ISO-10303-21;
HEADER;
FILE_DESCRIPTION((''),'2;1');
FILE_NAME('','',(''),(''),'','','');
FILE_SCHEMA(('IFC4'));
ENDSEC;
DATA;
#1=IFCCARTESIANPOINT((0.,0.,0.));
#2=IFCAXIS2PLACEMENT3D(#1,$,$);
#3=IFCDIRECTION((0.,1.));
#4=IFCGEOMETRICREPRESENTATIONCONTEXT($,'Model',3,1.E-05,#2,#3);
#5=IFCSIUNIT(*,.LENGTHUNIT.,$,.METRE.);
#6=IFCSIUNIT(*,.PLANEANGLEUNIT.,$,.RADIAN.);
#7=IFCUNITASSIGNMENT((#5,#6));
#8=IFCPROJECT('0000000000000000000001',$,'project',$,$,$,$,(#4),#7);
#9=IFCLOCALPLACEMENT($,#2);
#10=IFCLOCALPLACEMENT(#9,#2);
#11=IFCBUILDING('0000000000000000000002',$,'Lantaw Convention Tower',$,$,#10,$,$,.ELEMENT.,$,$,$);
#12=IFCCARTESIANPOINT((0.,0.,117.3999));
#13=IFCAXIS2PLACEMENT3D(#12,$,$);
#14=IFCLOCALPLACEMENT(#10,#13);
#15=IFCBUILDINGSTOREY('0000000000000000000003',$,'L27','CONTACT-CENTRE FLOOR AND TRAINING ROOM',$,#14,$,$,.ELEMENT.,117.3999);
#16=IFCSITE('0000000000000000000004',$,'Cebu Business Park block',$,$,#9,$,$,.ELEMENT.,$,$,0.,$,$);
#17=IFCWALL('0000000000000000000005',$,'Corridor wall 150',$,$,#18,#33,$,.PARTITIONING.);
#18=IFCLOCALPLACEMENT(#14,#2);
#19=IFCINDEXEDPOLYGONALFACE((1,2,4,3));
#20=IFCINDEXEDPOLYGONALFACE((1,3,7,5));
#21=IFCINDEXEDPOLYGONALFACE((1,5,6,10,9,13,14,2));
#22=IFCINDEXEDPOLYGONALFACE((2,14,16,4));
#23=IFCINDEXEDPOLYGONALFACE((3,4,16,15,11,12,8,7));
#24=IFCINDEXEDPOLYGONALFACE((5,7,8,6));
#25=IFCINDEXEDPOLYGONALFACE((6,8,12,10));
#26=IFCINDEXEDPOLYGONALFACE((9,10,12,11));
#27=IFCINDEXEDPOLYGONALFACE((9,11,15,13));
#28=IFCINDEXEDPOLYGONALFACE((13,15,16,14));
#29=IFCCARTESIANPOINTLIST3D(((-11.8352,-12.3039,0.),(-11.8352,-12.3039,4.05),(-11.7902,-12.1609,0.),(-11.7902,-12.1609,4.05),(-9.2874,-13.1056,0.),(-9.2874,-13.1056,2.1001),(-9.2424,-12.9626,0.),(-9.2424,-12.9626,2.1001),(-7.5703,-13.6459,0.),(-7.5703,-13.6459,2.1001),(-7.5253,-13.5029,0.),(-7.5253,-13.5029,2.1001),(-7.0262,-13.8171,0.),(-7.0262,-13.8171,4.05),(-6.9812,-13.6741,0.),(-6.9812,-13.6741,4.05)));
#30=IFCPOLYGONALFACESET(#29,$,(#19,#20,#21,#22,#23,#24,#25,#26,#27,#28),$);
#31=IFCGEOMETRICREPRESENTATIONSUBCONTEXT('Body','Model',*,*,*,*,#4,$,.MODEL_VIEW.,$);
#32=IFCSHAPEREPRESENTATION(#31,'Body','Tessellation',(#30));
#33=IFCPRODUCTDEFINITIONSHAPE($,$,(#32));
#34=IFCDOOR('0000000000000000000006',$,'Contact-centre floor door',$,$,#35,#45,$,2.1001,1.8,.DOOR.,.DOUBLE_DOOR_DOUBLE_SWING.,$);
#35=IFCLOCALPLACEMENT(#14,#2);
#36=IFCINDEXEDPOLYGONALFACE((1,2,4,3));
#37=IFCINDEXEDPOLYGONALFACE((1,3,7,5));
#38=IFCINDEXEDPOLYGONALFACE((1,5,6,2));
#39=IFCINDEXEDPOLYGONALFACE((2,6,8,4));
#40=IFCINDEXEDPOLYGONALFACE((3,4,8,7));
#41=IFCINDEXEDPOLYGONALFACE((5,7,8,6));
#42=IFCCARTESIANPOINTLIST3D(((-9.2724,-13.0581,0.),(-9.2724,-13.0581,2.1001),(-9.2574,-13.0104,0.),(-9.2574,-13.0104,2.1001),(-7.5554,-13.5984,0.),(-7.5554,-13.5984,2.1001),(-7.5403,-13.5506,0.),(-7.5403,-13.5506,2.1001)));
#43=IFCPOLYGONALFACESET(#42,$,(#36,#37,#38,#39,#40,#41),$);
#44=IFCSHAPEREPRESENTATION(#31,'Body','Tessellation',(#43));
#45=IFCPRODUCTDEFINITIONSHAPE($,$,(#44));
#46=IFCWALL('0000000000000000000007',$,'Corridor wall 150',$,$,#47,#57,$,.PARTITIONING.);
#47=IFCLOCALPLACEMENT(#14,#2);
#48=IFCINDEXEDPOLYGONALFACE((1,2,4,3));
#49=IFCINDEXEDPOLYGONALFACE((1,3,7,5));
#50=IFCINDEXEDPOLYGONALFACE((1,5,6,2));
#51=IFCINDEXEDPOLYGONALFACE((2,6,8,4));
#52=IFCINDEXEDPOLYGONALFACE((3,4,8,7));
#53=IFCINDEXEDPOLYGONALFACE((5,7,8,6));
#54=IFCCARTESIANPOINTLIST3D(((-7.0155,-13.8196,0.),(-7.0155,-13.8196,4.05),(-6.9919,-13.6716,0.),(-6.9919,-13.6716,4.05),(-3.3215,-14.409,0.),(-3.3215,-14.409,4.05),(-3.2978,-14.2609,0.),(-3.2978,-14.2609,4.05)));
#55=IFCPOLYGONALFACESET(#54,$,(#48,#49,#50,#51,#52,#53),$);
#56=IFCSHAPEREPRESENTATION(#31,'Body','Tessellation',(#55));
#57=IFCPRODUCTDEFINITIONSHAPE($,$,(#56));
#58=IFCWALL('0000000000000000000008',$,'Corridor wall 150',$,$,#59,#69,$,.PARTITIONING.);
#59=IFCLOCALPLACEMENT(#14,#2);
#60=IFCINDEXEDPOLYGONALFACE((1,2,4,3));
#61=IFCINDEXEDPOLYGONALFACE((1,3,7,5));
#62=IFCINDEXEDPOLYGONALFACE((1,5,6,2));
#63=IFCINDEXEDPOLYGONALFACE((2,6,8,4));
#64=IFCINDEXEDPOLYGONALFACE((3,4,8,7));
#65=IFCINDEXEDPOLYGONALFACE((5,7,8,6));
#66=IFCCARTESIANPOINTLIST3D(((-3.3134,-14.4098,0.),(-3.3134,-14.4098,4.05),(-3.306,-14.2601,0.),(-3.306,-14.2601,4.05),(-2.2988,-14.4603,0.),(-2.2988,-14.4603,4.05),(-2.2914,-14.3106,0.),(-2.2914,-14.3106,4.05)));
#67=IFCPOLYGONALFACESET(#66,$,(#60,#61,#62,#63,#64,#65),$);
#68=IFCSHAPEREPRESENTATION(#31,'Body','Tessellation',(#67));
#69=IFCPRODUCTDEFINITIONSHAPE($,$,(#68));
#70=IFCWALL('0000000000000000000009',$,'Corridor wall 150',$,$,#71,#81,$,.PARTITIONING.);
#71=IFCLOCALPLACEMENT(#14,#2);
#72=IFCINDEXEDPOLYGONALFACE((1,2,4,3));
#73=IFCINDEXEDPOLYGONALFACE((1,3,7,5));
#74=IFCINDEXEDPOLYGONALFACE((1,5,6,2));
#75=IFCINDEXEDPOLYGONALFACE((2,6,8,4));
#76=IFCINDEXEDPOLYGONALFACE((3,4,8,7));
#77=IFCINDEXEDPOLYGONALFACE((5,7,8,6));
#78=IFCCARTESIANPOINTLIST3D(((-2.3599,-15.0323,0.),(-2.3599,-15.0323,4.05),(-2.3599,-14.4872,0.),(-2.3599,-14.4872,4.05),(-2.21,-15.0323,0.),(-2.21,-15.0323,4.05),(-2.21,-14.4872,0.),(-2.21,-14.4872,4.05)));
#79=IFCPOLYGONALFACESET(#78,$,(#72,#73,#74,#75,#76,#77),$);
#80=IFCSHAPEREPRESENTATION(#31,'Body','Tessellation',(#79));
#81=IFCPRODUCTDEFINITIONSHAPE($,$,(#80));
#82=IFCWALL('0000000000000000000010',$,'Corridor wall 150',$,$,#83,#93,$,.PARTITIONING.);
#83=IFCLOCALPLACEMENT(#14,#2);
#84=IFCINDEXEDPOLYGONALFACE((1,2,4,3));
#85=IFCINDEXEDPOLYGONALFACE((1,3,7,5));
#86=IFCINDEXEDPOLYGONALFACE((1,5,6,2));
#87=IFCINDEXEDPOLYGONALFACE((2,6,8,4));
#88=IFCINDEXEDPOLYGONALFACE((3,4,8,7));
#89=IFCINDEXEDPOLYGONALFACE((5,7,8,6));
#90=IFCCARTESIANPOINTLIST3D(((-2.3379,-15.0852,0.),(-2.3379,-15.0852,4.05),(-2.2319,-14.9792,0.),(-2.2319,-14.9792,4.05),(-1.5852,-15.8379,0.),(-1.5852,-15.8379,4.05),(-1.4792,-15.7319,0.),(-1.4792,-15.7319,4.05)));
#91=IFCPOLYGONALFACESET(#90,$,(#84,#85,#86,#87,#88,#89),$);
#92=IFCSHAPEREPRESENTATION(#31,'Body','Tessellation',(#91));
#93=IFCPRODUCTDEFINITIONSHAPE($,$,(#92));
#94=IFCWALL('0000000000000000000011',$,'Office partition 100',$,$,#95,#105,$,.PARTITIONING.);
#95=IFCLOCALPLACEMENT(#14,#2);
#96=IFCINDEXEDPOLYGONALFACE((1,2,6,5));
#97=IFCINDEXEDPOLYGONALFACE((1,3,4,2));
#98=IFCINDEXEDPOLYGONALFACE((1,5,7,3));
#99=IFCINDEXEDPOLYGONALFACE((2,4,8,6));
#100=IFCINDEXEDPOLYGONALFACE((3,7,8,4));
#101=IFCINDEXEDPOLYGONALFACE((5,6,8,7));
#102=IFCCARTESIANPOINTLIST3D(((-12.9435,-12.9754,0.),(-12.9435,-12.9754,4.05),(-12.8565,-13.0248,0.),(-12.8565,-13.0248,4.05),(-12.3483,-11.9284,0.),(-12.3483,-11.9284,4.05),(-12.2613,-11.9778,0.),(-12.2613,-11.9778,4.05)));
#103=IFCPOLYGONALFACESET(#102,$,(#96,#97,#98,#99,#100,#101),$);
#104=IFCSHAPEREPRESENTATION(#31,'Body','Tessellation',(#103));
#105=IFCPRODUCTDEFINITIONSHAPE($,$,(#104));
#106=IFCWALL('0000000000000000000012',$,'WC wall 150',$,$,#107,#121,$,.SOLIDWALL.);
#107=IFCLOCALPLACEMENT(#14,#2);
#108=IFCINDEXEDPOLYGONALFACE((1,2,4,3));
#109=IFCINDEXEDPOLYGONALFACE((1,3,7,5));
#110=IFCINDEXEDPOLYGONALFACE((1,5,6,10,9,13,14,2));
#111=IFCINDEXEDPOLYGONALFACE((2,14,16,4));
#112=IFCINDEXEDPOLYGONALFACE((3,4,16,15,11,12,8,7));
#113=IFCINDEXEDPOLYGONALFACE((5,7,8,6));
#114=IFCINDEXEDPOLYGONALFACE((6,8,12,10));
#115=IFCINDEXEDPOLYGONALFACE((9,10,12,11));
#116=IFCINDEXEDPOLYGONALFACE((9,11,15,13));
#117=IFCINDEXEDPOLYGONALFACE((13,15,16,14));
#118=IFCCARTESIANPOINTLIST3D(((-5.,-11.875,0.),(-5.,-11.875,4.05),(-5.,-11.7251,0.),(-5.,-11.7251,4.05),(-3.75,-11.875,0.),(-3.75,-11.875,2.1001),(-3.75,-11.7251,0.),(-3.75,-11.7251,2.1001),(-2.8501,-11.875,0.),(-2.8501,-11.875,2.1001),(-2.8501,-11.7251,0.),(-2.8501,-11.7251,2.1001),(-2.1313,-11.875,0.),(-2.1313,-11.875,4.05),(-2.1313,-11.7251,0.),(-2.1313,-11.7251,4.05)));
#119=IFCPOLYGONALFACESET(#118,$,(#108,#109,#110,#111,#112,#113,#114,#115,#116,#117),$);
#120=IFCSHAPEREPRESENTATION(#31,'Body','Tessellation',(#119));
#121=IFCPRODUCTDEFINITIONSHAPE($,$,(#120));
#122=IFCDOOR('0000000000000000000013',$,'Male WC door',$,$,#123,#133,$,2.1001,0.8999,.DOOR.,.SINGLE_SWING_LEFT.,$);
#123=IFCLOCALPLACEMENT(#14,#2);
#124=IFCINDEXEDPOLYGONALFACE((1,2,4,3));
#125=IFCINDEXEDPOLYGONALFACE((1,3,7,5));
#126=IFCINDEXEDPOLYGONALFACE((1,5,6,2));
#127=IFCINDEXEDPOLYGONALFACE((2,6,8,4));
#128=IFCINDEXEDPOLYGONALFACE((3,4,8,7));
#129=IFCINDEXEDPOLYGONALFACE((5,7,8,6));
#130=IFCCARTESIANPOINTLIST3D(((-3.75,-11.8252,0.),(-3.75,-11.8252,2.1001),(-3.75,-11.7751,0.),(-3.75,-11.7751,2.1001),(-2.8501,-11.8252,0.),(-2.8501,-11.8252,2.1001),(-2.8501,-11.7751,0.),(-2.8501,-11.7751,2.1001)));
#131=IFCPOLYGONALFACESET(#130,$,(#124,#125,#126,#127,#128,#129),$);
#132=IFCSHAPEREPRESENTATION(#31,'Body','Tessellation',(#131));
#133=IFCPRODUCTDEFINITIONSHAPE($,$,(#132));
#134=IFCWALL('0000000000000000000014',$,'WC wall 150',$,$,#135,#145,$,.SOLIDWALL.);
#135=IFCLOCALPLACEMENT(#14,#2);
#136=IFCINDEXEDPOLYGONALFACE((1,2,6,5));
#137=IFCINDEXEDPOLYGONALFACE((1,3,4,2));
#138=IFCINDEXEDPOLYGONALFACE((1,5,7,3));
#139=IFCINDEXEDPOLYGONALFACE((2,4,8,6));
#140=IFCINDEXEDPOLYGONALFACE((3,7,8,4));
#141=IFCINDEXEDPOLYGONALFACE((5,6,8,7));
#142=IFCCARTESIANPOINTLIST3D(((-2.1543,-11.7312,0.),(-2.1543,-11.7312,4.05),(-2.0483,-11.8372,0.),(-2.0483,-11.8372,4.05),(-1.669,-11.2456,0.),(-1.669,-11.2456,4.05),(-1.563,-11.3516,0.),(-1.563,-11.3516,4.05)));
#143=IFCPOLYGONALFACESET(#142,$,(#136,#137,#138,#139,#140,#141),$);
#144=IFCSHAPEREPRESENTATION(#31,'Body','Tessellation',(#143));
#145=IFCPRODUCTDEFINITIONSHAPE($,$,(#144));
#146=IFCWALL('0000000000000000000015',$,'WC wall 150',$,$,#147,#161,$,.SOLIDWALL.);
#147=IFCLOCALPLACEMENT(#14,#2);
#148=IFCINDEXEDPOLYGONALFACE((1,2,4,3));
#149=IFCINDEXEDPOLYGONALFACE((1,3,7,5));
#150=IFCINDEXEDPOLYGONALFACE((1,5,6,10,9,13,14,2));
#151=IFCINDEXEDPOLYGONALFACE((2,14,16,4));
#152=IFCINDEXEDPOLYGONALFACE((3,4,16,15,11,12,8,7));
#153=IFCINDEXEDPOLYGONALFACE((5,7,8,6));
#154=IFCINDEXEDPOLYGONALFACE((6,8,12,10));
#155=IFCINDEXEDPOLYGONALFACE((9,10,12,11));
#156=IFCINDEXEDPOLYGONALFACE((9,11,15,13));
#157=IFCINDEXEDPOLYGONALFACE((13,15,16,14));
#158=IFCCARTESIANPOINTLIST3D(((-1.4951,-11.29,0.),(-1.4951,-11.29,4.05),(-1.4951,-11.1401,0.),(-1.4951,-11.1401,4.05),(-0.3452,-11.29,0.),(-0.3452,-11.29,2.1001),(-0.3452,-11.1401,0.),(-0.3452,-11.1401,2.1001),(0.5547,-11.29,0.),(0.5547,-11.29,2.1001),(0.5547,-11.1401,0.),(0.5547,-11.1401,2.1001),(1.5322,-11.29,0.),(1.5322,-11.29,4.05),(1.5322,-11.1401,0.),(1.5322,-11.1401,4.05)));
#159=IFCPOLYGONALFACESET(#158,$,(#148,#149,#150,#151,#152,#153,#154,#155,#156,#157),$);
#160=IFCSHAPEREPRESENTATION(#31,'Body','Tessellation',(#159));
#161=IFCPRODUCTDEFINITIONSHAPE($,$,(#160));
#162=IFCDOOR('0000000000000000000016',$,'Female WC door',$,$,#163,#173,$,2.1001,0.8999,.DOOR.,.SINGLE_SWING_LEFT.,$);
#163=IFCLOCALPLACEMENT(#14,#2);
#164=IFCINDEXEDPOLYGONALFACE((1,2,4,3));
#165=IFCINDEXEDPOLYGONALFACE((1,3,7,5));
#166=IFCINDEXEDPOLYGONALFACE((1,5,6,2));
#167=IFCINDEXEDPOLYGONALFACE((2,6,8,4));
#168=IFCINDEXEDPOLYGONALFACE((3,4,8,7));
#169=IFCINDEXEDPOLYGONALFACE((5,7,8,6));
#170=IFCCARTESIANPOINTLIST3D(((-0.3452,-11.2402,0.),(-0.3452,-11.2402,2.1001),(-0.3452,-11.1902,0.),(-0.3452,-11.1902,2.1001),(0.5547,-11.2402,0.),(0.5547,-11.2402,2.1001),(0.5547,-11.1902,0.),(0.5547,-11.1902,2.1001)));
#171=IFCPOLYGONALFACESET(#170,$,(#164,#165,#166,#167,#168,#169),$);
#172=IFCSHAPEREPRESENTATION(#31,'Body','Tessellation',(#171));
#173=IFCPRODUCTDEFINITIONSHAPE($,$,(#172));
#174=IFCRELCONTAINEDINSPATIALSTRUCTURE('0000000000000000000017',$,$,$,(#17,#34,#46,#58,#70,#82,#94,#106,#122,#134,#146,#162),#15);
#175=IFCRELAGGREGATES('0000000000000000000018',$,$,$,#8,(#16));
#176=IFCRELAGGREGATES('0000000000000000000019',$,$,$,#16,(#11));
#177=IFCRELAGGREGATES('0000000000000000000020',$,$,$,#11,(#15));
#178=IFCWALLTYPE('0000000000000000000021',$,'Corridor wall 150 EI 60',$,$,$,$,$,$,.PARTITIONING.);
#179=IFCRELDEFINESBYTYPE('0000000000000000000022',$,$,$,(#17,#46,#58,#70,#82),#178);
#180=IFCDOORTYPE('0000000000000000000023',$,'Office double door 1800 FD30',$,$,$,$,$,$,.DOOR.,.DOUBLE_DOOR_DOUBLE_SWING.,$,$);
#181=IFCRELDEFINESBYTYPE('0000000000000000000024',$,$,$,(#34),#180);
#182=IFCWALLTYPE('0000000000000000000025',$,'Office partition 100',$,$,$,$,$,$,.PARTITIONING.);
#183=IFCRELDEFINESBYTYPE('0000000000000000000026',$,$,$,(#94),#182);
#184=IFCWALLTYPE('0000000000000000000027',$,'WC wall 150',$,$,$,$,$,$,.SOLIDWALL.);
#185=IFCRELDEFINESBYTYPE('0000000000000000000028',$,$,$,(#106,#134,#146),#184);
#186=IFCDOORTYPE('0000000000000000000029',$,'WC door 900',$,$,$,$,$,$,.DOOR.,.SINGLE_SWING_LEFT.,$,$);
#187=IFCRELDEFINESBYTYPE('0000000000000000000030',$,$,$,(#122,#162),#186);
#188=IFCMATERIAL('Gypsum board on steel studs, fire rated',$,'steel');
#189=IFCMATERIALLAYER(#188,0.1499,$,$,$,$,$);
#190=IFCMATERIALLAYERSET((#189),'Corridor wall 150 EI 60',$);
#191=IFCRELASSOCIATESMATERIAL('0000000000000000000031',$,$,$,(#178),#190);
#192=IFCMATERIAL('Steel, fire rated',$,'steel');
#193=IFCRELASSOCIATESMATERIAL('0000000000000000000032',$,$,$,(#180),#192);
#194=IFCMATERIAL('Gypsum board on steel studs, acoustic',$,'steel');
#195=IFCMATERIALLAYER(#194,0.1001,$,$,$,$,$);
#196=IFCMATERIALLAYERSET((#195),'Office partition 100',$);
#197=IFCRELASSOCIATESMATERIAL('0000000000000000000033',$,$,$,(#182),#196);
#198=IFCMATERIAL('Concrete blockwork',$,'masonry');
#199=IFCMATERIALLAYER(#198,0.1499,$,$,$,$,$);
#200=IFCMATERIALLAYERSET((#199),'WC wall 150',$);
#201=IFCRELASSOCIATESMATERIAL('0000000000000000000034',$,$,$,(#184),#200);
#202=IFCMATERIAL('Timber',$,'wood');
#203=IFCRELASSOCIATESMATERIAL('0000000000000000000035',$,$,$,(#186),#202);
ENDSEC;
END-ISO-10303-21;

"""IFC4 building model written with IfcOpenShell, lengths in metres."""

from ifc_helpers import new_model, si_unit, direction, frame, frame_2d, origin, place, context, subcontext, project, spatial, rectangle, extrude, material, layer, layer_set, type_object, element, fill, save


model = new_model("IFC4")

# Units and contexts
model_context = context("Model", 3, precision=1e-05, world=origin(), true_north=direction((0.0, 1.0)))
body_context = subcontext(model_context, "Body", "Model", "MODEL_VIEW")
ifc_project = project(units=[si_unit("LENGTHUNIT", "METRE"), si_unit("PLANEANGLEUNIT", "RADIAN")], contexts=[model_context])

# Site, building, storey
site_placement = place(None, origin())
site = spatial("IfcSite", under=ifc_project, at=site_placement, Name="Cebu Business Park block", CompositionType="ELEMENT", RefElevation=0.0)
building_placement = place(site_placement, origin())
building = spatial("IfcBuilding", under=site, at=building_placement, Name="Lantaw Convention Tower", CompositionType="ELEMENT")
storey_placement = place(building_placement, frame((0.0, 0.0, 117.3999)))
storey = spatial("IfcBuildingStorey", under=building, at=storey_placement, Name="L27", Description="CONTACT-CENTRE FLOOR AND TRAINING ROOM", CompositionType="ELEMENT", Elevation=117.3999)

# Wall, opening, door
ifc_material_1 = material(Name="Gypsum board on steel studs, fire rated", Category="steel")
ifc_layer_1 = layer(ifc_material_1, 0.1499)
ifc_layer_set_1 = layer_set([ifc_layer_1], Name="Corridor wall 150 EI 60")
wall_type_1 = type_object("IfcWallType", Name="Corridor wall 150 EI 60", PredefinedType="PARTITIONING", material=ifc_layer_set_1)
wall_1_placement = place(storey_placement, frame((-11.8127, -12.2324, 0.0), z_axis=(0.0, 0.0, 1.0), x_axis=(0.953894, -0.300144, 0.0)))
wall_1 = element("IfcWall", 1, at=wall_1_placement, inside=storey, type_object=wall_type_1, Name="Corridor wall 150", PredefinedType="PARTITIONING", context=body_context, shape_type="SweptSolid", body=[
    extrude(rectangle(XDim=5.0415, YDim=0.1499, at=frame_2d((2.5208, 0.0))), origin(), (0.0, 0.0, 1.0), 4.05),
])
opening_1_placement = place(wall_1_placement, frame((2.6711, 0.0, 0.0)))
opening_1 = element("IfcOpeningElement", 2, at=opening_1_placement, cuts=wall_1, PredefinedType="OPENING", context=body_context, shape_type="SweptSolid", body=[
    extrude(rectangle(XDim=1.8, YDim=2.1001, at=frame_2d((0.8999, 1.05))), frame((0.0, 0.085, 0.0), z_axis=(0.0, -1.0, 0.0), x_axis=(1.0, 0.0, 0.0)), (0.0, 0.0, 1.0), 0.1699),
])
ifc_material_2 = material(Name="Steel, fire rated", Category="steel")
door_type_1 = type_object("IfcDoorType", Name="Office double door 1800 FD30", OperationType="DOUBLE_DOOR_DOUBLE_SWING", PredefinedType="DOOR", material=ifc_material_2)
door_1_placement = place(opening_1_placement, origin())
door_1 = element("IfcDoor", 3, at=door_1_placement, inside=storey, type_object=door_type_1, Name="Contact-centre floor door", OperationType="DOUBLE_DOOR_DOUBLE_SWING", OverallHeight=2.1001, OverallWidth=1.8, PredefinedType="DOOR", context=body_context, shape_type="SweptSolid", body=[
    extrude(rectangle(XDim=1.8, YDim=2.1001, at=frame_2d((0.8999, 1.05))), frame((0.0, 0.0249, 0.0), z_axis=(0.0, -1.0, 0.0), x_axis=(1.0, 0.0, 0.0)), (0.0, 0.0, 1.0), 0.05),
])
fill(opening_1, door_1)

# Walls
wall_2_placement = place(storey_placement, frame((-7.0037, -13.7456, 0.0), z_axis=(0.0, 0.0, 1.0), x_axis=(0.987511, -0.157548, 0.0)))
element("IfcWall", 4, at=wall_2_placement, inside=storey, type_object=wall_type_1, Name="Corridor wall 150", PredefinedType="PARTITIONING", context=body_context, shape_type="SweptSolid", body=[
    extrude(rectangle(XDim=3.7407, YDim=0.1499, at=frame_2d((1.8704, 0.0))), origin(), (0.0, 0.0, 1.0), 4.05),
])
wall_3_placement = place(storey_placement, frame((-3.3096, -14.335, 0.0), z_axis=(0.0, 0.0, 1.0), x_axis=(0.998762, -0.049746, 0.0)))
element("IfcWall", 5, at=wall_3_placement, inside=storey, type_object=wall_type_1, Name="Corridor wall 150", PredefinedType="PARTITIONING", context=body_context, shape_type="SweptSolid", body=[
    extrude(rectangle(XDim=1.0159, YDim=0.1499, at=frame_2d((0.5078, 0.0))), origin(), (0.0, 0.0, 1.0), 4.05),
])
wall_4_placement = place(storey_placement, frame((-2.2849, -15.0322, 0.0), z_axis=(0.0, 0.0, 1.0), x_axis=(0.0, 1.0, 0.0)))
element("IfcWall", 6, at=wall_4_placement, inside=storey, type_object=wall_type_1, Name="Corridor wall 150", PredefinedType="PARTITIONING", context=body_context, shape_type="SweptSolid", body=[
    extrude(rectangle(XDim=0.5452, YDim=0.1499, at=frame_2d((0.2725, 0.0))), origin(), (0.0, 0.0, 1.0), 4.05),
])
wall_5_placement = place(storey_placement, frame((-1.5322, -15.7849, 0.0), z_axis=(0.0, 0.0, 1.0), x_axis=(-0.707107, 0.707107, 0.0)))
element("IfcWall", 7, at=wall_5_placement, inside=storey, type_object=wall_type_1, Name="Corridor wall 150", PredefinedType="PARTITIONING", context=body_context, shape_type="SweptSolid", body=[
    extrude(rectangle(XDim=1.0645, YDim=0.1499, at=frame_2d((0.5322, 0.0))), origin(), (0.0, 0.0, 1.0), 4.05),
])
ifc_material_3 = material(Name="Gypsum board on steel studs, acoustic", Category="steel")
ifc_layer_2 = layer(ifc_material_3, 0.1001)
ifc_layer_set_2 = layer_set([ifc_layer_2], Name="Office partition 100")
wall_type_2 = type_object("IfcWallType", Name="Office partition 100", PredefinedType="PARTITIONING", material=ifc_layer_set_2)
wall_6_placement = place(storey_placement, frame((-12.8999, -13.0, 0.0), z_axis=(0.0, 0.0, 1.0), x_axis=(0.494173, 0.869364, 0.0)))
element("IfcWall", 8, at=wall_6_placement, inside=storey, type_object=wall_type_2, Name="Office partition 100", PredefinedType="PARTITIONING", context=body_context, shape_type="SweptSolid", body=[
    extrude(rectangle(XDim=1.2043, YDim=0.1001, at=frame_2d((0.6021, 0.0))), origin(), (0.0, 0.0, 1.0), 4.05),
])

# Wall, opening, door
ifc_material_4 = material(Name="Concrete blockwork", Category="masonry")
ifc_layer_3 = layer(ifc_material_4, 0.1499)
ifc_layer_set_3 = layer_set([ifc_layer_3], Name="WC wall 150")
wall_type_3 = type_object("IfcWallType", Name="WC wall 150", PredefinedType="SOLIDWALL", material=ifc_layer_set_3)
wall_7_placement = place(storey_placement, frame((-5.0, -11.8, 0.0), z_axis=(0.0, 0.0, 1.0), x_axis=(1.0, 0.0, 0.0)))
wall_7 = element("IfcWall", 9, at=wall_7_placement, inside=storey, type_object=wall_type_3, Name="WC wall 150", PredefinedType="SOLIDWALL", context=body_context, shape_type="SweptSolid", body=[
    extrude(rectangle(XDim=2.8687, YDim=0.1499, at=frame_2d((1.4343, 0.0))), origin(), (0.0, 0.0, 1.0), 4.05),
])
opening_2_placement = place(wall_7_placement, frame((1.25, 0.0, 0.0)))
opening_2 = element("IfcOpeningElement", 10, at=opening_2_placement, cuts=wall_7, PredefinedType="OPENING", context=body_context, shape_type="SweptSolid", body=[
    extrude(rectangle(XDim=0.8999, YDim=2.1001, at=frame_2d((0.45, 1.05))), frame((0.0, 0.085, 0.0), z_axis=(0.0, -1.0, 0.0), x_axis=(1.0, 0.0, 0.0)), (0.0, 0.0, 1.0), 0.1699),
])
ifc_material_5 = material(Name="Timber", Category="wood")
door_type_2 = type_object("IfcDoorType", Name="WC door 900", OperationType="SINGLE_SWING_LEFT", PredefinedType="DOOR", material=ifc_material_5)
door_2_placement = place(opening_2_placement, origin())
door_2 = element("IfcDoor", 11, at=door_2_placement, inside=storey, type_object=door_type_2, Name="Male WC door", OperationType="SINGLE_SWING_LEFT", OverallHeight=2.1001, OverallWidth=0.8999, PredefinedType="DOOR", context=body_context, shape_type="SweptSolid", body=[
    extrude(rectangle(XDim=0.8999, YDim=2.1001, at=frame_2d((0.45, 1.05))), frame((0.0, 0.0249, 0.0), z_axis=(0.0, -1.0, 0.0), x_axis=(1.0, 0.0, 0.0)), (0.0, 0.0, 1.0), 0.05),
])
fill(opening_2, door_2)

# Wall
wall_8_placement = place(storey_placement, frame((-2.1013, -11.7842, 0.0), z_axis=(0.0, 0.0, 1.0), x_axis=(0.706929, 0.707285, 0.0)))
element("IfcWall", 12, at=wall_8_placement, inside=storey, type_object=wall_type_3, Name="WC wall 150", PredefinedType="SOLIDWALL", context=body_context, shape_type="SweptSolid", body=[
    extrude(rectangle(XDim=0.6865, YDim=0.1499, at=frame_2d((0.3433, 0.0))), origin(), (0.0, 0.0, 1.0), 4.05),
])

# Wall, opening, door
wall_9_placement = place(storey_placement, frame((-1.4951, -11.2151, 0.0), z_axis=(0.0, 0.0, 1.0), x_axis=(1.0, 0.0, 0.0)))
wall_9 = element("IfcWall", 13, at=wall_9_placement, inside=storey, type_object=wall_type_3, Name="WC wall 150", PredefinedType="SOLIDWALL", context=body_context, shape_type="SweptSolid", body=[
    extrude(rectangle(XDim=3.0273, YDim=0.1499, at=frame_2d((1.5137, 0.0))), origin(), (0.0, 0.0, 1.0), 4.05),
])
opening_3_placement = place(wall_9_placement, frame((1.1499, 0.0, 0.0)))
opening_3 = element("IfcOpeningElement", 14, at=opening_3_placement, cuts=wall_9, PredefinedType="OPENING", context=body_context, shape_type="SweptSolid", body=[
    extrude(rectangle(XDim=0.8999, YDim=2.1001, at=frame_2d((0.45, 1.05))), frame((0.0, 0.085, 0.0), z_axis=(0.0, -1.0, 0.0), x_axis=(1.0, 0.0, 0.0)), (0.0, 0.0, 1.0), 0.1699),
])
door_3_placement = place(opening_3_placement, origin())
door_3 = element("IfcDoor", 15, at=door_3_placement, inside=storey, type_object=door_type_2, Name="Female WC door", OperationType="SINGLE_SWING_LEFT", OverallHeight=2.1001, OverallWidth=0.8999, PredefinedType="DOOR", context=body_context, shape_type="SweptSolid", body=[
    extrude(rectangle(XDim=0.8999, YDim=2.1001, at=frame_2d((0.45, 1.05))), frame((0.0, 0.0249, 0.0), z_axis=(0.0, -1.0, 0.0), x_axis=(1.0, 0.0, 0.0)), (0.0, 0.0, 1.0), 0.05),
])
fill(opening_3, door_3)

save(model, "model.ifc")
